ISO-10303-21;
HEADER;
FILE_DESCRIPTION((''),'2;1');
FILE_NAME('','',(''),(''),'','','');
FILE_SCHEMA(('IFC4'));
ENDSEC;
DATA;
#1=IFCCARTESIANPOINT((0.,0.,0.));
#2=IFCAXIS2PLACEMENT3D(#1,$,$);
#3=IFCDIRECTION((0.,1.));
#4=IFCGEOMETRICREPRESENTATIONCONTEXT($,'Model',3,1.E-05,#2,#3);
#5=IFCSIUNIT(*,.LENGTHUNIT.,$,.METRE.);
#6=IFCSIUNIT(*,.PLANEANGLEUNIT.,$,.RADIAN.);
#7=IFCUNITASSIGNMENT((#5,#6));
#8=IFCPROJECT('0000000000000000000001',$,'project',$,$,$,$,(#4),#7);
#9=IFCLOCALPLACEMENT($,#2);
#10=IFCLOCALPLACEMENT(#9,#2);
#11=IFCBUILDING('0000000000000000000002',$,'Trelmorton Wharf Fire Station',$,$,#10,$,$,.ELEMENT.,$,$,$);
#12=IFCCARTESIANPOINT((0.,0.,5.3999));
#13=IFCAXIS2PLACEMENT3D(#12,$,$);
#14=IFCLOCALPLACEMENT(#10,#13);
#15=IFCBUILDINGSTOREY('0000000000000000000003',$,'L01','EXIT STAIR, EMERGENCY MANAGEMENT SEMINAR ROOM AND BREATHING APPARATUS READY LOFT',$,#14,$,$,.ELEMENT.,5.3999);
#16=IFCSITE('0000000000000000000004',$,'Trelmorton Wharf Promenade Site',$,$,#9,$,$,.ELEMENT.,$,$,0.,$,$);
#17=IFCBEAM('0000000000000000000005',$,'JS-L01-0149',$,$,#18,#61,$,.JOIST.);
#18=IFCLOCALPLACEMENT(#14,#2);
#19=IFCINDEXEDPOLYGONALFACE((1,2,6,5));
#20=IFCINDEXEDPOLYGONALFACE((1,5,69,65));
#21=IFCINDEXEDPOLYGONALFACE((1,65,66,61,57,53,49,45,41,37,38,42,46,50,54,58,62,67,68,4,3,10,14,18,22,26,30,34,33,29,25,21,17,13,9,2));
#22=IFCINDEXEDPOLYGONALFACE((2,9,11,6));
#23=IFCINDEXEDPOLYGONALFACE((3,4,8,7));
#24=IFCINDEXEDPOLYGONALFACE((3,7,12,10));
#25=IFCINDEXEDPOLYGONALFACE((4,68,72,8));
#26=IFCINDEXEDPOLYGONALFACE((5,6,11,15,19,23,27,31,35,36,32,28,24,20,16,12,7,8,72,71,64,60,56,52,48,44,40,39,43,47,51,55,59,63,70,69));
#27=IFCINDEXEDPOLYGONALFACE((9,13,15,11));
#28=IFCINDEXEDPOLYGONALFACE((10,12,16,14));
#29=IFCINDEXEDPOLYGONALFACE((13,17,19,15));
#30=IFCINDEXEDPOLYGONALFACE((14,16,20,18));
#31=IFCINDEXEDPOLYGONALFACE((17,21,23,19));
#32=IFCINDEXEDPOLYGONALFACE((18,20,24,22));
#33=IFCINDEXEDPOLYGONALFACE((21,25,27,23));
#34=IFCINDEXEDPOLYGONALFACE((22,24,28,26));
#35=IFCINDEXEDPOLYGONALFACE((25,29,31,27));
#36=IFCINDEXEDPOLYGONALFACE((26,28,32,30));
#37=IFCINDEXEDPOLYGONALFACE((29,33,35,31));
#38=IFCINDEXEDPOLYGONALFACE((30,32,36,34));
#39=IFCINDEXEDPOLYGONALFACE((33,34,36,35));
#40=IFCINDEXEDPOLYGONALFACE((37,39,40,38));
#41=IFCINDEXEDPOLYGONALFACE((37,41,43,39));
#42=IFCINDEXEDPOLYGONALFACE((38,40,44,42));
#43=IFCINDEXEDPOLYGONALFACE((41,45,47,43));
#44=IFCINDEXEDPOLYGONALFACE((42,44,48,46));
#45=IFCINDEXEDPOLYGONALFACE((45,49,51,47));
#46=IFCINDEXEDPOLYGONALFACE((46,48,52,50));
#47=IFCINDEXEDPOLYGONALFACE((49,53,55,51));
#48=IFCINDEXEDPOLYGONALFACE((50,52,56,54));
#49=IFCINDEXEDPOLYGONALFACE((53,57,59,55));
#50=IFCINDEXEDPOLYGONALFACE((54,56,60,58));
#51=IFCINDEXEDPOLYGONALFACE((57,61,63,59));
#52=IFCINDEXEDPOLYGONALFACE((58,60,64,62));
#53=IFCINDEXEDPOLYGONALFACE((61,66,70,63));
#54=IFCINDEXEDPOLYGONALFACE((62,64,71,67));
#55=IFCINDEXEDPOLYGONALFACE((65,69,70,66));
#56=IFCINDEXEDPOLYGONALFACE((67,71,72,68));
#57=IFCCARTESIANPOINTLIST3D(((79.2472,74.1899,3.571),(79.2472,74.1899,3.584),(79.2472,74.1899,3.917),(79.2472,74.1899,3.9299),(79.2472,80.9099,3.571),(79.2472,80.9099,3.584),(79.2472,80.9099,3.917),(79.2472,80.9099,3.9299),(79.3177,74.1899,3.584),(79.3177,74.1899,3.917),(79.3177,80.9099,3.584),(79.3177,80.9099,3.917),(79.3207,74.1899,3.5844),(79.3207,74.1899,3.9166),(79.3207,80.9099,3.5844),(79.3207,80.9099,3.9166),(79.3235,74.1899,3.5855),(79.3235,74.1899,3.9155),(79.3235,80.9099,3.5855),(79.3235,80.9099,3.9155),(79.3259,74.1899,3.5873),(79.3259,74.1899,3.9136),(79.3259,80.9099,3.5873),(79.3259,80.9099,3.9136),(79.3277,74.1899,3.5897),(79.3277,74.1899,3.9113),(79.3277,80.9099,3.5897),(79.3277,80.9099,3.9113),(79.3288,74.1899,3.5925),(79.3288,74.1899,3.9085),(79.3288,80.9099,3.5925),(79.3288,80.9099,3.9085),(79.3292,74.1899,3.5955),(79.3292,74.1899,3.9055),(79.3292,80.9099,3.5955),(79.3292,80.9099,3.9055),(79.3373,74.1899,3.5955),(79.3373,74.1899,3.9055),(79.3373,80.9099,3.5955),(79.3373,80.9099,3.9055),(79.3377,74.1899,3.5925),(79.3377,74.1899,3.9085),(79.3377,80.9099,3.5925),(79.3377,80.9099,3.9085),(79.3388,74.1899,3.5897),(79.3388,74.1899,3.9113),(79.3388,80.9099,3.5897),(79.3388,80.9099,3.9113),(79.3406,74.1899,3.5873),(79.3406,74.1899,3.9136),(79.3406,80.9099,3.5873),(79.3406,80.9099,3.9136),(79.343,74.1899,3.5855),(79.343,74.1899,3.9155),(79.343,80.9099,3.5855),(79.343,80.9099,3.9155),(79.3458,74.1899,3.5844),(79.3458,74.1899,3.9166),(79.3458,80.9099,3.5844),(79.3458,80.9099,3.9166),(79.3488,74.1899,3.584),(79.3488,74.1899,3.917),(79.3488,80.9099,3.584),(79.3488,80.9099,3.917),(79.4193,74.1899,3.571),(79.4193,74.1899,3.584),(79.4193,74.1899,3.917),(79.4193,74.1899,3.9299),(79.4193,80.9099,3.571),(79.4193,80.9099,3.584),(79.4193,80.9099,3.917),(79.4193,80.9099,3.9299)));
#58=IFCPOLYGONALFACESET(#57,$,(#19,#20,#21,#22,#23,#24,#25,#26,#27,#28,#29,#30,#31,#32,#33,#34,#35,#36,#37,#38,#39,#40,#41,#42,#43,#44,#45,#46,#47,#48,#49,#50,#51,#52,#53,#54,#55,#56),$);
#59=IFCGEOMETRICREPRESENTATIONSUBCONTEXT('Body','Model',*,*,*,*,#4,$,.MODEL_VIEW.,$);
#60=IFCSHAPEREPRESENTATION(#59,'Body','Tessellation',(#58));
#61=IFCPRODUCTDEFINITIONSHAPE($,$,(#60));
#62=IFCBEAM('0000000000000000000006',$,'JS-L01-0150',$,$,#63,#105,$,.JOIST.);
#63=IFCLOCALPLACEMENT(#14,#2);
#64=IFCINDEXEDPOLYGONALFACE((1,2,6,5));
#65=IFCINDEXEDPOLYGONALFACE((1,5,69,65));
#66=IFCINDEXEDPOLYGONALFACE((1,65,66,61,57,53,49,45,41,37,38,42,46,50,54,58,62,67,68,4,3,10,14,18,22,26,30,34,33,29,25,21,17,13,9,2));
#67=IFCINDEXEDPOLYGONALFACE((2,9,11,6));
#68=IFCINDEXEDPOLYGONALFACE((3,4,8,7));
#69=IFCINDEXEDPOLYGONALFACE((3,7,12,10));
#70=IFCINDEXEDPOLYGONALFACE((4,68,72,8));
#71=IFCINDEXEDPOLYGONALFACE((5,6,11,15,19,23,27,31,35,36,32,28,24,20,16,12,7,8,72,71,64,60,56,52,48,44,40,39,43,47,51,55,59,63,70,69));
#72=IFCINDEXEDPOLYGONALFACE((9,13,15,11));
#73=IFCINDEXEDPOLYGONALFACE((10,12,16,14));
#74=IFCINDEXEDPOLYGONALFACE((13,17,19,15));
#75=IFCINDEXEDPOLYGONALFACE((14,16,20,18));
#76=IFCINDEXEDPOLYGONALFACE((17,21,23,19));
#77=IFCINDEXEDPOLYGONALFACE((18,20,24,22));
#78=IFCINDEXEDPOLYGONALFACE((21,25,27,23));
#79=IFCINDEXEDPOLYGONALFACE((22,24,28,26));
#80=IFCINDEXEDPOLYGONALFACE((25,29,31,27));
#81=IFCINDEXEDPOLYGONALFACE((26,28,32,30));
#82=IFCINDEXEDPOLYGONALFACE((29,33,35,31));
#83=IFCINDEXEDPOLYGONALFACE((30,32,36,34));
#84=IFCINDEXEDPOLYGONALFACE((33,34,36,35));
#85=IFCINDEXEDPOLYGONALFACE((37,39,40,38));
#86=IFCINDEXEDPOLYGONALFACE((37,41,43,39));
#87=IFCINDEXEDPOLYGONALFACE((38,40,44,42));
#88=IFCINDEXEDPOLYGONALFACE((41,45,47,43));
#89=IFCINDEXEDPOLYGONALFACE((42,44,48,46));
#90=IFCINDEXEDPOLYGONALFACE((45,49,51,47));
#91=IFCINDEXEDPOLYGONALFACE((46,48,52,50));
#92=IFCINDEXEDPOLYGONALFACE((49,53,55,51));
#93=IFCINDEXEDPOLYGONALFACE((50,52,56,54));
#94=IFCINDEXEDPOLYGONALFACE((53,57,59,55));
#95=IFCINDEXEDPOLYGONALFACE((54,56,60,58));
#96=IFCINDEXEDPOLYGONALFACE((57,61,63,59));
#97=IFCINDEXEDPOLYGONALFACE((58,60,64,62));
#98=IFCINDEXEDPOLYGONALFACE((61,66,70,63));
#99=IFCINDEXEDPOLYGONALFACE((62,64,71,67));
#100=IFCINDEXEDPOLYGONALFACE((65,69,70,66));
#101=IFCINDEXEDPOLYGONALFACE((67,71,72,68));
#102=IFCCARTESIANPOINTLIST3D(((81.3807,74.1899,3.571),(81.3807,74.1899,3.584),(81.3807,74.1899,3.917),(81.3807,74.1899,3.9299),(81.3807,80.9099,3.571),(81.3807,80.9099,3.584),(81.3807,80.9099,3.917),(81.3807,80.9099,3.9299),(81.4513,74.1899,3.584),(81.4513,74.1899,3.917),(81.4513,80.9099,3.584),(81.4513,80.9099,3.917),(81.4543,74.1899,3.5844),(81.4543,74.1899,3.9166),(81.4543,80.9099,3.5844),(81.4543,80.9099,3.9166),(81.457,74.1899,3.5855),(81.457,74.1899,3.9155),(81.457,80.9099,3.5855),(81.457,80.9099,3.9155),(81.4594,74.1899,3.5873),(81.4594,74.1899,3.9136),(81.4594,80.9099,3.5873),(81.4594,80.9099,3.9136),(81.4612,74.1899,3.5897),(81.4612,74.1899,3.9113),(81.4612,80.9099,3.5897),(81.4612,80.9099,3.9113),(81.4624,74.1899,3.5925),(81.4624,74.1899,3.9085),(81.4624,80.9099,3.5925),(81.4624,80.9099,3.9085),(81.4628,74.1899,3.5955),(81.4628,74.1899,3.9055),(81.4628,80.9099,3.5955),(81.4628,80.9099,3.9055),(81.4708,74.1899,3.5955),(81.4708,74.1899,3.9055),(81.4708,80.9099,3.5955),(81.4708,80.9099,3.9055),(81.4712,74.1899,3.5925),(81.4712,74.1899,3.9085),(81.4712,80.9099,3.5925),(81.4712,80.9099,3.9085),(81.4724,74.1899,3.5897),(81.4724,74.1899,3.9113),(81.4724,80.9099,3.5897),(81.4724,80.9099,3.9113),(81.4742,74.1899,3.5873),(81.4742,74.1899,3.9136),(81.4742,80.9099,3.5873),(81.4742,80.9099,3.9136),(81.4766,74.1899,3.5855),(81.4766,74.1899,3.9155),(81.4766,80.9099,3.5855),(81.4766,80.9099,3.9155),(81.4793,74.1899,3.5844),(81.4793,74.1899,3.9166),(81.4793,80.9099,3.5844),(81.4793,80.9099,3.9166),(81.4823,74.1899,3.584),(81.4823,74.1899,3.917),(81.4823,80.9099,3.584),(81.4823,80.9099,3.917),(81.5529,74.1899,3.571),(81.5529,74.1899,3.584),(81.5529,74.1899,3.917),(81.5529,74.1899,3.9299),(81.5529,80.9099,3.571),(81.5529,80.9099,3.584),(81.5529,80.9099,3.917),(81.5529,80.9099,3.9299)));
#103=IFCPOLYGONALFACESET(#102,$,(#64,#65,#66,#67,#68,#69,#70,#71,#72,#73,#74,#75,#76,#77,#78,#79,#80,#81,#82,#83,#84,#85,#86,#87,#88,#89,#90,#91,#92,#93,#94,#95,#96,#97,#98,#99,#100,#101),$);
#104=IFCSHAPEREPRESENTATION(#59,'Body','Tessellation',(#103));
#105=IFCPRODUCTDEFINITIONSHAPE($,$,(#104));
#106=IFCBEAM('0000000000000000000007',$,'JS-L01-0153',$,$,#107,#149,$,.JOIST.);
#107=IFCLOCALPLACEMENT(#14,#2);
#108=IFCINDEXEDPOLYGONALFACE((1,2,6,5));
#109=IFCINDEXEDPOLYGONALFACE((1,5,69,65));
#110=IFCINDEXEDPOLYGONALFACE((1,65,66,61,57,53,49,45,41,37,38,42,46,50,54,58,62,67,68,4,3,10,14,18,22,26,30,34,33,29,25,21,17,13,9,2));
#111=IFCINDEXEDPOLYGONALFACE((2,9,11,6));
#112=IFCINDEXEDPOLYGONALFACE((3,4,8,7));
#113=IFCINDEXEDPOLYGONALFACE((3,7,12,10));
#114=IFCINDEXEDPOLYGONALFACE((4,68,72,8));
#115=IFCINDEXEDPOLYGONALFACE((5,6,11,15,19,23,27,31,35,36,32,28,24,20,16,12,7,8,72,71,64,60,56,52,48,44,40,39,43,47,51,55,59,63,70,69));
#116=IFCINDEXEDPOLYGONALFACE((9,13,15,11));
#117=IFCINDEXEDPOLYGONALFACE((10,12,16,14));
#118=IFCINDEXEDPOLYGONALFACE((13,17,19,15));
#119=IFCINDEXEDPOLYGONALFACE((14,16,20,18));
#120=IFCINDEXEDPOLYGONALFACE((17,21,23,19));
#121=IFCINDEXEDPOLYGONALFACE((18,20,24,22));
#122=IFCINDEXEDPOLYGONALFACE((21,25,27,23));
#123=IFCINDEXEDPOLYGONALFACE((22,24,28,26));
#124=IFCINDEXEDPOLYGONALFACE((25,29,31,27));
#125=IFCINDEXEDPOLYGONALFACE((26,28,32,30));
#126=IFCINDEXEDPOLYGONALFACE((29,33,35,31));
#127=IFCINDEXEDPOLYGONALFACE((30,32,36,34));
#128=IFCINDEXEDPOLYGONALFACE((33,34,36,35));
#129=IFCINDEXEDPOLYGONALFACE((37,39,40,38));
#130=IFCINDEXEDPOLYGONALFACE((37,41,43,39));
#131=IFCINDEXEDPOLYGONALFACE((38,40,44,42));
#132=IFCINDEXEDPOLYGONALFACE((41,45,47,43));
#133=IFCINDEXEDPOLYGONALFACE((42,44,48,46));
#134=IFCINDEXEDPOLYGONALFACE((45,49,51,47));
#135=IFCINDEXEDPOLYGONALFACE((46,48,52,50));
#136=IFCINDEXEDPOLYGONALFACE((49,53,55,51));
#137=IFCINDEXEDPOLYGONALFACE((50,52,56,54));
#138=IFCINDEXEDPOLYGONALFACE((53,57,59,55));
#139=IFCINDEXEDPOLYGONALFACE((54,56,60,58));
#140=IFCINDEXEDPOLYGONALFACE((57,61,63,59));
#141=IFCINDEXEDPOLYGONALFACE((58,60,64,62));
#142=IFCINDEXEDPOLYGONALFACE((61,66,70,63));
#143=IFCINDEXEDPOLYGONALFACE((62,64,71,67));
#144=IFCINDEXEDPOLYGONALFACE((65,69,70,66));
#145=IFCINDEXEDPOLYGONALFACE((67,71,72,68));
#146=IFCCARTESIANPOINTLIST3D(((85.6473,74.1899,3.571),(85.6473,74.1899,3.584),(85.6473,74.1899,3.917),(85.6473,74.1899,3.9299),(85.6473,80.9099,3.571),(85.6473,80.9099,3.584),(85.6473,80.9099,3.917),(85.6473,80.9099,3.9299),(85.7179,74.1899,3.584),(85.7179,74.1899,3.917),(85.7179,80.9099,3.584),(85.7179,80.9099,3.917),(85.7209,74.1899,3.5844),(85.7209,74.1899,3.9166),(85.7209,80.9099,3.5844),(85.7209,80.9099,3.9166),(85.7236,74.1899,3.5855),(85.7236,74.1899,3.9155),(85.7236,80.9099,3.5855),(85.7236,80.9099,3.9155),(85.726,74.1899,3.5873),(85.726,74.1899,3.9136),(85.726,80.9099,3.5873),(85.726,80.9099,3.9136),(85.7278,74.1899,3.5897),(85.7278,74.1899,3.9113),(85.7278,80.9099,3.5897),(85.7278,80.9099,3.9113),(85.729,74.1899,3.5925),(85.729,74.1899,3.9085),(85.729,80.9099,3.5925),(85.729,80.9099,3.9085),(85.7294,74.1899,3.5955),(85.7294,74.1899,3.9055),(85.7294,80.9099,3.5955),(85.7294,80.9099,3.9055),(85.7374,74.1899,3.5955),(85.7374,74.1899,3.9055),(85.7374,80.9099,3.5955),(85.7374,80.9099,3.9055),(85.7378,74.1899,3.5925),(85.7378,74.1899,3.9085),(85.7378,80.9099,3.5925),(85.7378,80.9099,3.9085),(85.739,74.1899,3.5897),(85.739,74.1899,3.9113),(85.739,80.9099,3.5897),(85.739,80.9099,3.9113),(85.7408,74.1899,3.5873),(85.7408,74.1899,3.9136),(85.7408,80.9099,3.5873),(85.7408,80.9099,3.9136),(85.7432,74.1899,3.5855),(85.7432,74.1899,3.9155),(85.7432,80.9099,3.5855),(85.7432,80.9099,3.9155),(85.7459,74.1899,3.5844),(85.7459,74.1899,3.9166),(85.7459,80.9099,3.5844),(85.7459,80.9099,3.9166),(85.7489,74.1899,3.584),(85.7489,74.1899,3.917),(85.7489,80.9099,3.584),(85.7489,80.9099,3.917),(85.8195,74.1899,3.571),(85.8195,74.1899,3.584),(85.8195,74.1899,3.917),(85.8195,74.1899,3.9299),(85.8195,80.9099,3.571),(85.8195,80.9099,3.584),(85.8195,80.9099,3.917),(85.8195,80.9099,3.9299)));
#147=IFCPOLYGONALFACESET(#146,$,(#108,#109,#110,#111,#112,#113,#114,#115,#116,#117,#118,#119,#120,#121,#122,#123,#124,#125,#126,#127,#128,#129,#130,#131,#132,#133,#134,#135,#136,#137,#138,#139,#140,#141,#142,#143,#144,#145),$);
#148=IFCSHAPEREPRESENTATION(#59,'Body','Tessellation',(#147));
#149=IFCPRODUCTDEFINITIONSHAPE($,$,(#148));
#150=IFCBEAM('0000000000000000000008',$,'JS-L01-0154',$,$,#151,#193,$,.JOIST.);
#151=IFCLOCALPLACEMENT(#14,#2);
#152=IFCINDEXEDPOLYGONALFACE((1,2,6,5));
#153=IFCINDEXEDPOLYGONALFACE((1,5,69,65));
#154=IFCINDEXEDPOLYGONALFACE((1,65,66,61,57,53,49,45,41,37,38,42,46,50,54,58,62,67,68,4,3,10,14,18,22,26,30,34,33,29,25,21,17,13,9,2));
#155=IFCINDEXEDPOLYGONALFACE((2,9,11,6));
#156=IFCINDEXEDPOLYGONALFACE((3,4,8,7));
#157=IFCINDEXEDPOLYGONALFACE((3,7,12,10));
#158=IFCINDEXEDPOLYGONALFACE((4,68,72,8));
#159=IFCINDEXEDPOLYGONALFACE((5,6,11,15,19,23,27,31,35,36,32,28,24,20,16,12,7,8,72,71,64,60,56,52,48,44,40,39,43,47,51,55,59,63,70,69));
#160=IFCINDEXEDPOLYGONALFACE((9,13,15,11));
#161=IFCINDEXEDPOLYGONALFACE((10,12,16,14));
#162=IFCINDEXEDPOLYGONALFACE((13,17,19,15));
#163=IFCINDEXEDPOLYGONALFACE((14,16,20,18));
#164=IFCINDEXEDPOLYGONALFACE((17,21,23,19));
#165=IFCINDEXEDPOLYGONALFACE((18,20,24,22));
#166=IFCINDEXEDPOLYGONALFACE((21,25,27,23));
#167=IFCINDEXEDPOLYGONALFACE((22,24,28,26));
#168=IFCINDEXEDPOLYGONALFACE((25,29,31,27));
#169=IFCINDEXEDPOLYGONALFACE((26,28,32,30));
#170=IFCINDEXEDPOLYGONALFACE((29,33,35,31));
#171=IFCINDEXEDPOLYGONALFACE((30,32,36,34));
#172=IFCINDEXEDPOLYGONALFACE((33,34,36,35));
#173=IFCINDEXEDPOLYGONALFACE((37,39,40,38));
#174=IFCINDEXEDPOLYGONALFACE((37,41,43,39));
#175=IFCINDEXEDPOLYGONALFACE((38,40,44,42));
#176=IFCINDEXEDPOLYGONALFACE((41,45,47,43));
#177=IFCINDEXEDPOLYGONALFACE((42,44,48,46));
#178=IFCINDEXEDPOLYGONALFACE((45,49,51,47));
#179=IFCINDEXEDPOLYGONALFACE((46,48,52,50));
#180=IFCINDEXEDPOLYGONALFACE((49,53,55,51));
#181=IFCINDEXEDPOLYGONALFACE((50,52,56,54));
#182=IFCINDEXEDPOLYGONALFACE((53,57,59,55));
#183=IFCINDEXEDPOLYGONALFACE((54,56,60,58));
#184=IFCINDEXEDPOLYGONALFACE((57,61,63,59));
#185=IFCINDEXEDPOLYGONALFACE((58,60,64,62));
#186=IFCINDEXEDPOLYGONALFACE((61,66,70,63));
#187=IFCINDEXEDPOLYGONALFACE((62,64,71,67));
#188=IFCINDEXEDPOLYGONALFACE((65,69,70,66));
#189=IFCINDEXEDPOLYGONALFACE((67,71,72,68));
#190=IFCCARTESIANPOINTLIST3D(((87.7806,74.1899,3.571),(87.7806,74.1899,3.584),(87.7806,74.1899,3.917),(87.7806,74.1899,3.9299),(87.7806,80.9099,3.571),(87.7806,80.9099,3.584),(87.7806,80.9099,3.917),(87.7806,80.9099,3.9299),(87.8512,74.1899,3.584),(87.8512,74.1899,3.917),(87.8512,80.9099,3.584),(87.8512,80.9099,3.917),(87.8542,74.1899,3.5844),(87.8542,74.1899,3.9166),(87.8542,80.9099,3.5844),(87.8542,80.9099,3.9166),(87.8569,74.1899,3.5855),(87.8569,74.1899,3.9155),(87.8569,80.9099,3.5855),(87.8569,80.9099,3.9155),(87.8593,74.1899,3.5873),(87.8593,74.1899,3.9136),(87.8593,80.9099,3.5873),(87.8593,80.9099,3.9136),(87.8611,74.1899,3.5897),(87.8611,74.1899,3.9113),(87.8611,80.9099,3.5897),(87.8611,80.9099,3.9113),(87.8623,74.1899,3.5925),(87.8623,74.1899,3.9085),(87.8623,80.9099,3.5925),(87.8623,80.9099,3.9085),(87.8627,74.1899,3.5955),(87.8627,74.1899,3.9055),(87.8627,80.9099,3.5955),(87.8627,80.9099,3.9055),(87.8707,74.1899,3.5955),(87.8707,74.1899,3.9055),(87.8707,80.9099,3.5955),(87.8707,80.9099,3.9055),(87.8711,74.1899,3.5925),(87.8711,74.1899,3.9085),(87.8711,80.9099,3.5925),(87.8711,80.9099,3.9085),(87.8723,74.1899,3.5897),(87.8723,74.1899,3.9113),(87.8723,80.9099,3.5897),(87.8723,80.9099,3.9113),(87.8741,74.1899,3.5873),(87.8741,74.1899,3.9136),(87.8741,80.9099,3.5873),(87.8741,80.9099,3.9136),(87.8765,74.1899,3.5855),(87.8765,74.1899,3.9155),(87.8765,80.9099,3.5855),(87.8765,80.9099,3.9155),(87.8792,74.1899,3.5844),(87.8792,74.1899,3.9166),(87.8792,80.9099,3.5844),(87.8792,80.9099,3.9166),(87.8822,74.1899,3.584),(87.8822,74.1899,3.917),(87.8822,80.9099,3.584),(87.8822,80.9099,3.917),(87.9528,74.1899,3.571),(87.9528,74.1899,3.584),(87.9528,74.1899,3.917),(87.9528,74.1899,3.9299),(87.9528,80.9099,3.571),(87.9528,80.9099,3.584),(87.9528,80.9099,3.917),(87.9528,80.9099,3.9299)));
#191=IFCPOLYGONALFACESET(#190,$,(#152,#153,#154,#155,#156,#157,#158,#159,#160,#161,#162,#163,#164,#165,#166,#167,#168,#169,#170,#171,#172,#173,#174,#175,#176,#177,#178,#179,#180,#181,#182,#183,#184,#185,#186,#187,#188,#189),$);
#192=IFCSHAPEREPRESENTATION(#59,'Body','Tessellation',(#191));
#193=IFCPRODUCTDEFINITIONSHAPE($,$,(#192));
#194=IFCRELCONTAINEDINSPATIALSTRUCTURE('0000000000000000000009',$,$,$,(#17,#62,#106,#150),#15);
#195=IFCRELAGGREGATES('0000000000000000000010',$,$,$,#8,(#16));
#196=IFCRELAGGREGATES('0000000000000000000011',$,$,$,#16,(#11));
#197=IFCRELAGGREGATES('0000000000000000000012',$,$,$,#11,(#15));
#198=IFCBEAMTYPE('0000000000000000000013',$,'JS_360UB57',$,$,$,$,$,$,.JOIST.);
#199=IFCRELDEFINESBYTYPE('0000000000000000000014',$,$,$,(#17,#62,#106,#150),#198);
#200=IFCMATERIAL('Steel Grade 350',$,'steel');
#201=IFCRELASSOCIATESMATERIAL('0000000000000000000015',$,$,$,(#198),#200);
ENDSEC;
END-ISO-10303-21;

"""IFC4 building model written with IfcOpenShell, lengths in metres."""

from ifc_helpers import new_model, si_unit, direction, frame, origin, origin_2d, place, context, subcontext, project, spatial, i_section, extrude, material, material_profile, profile_set, type_object, element, save


model = new_model("IFC4")

# Units and contexts
model_context = context("Model", 3, precision=1e-05, world=origin(), true_north=direction((0.0, 1.0)))
body_context = subcontext(model_context, "Body", "Model", "MODEL_VIEW")
ifc_project = project(units=[si_unit("LENGTHUNIT", "METRE"), si_unit("PLANEANGLEUNIT", "RADIAN")], contexts=[model_context])

# Site, building, storey
site_placement = place(None, origin())
site = spatial("IfcSite", under=ifc_project, at=site_placement, Name="Trelmorton Wharf Promenade Site", CompositionType="ELEMENT", RefElevation=0.0)
building_placement = place(site_placement, origin())
building = spatial("IfcBuilding", under=site, at=building_placement, Name="Trelmorton Wharf Fire Station", CompositionType="ELEMENT")
storey_placement = place(building_placement, frame((0.0, 0.0, 5.3999)))
storey = spatial("IfcBuildingStorey", under=building, at=storey_placement, Name="L01", Description="EXIT STAIR, EMERGENCY MANAGEMENT SEMINAR ROOM AND BREATHING APPARATUS READY LOFT", CompositionType="ELEMENT", Elevation=5.3999)

# Shared definitions
ifc_material_1 = material(Name="Steel Grade 350", Category="steel")

# Beams
ifc_material_profile_1 = material_profile(ifc_material_1, i_section(OverallWidth=0.1721, OverallDepth=0.3589, WebThickness=0.0081, FlangeThickness=0.0129, FilletRadius=0.0115, at=origin_2d()), Name="360UB56.7")
ifc_profile_set_1 = profile_set([ifc_material_profile_1], Name="Steel Grade 350")
beam_type_1 = type_object("IfcBeamType", Name="JS_360UB57", PredefinedType="JOIST", material=ifc_profile_set_1)
for number, where, z_axis, x_axis, name in (
    (1, (79.3333, 74.1899, 3.7505), (0.0, 1.0, 0.0), (-1.0, 0.0, 0.0), "JS-L01-0149"),
    (2, (81.4668, 74.1899, 3.7505), (0.0, 1.0, 0.0), (-1.0, 0.0, 0.0), "JS-L01-0150"),
    (3, (85.7334, 74.1899, 3.7505), (0.0, 1.0, 0.0), (-1.0, 0.0, 0.0), "JS-L01-0153"),
    (4, (87.8667, 74.1899, 3.7505), (0.0, 1.0, 0.0), (-1.0, 0.0, 0.0), "JS-L01-0154"),
):
    element("IfcBeam", number, at=place(storey_placement, frame(where, z_axis=z_axis, x_axis=x_axis)), inside=storey, type_object=beam_type_1, Name=name, PredefinedType="JOIST", context=body_context, shape_type="SweptSolid", body=[
        extrude(i_section(OverallWidth=0.1721, OverallDepth=0.3589, WebThickness=0.0081, FlangeThickness=0.0129, FilletRadius=0.0115, at=origin_2d()), origin(), (0.0, 0.0, 1.0), 6.72),
    ])

save(model, "model.ifc")
